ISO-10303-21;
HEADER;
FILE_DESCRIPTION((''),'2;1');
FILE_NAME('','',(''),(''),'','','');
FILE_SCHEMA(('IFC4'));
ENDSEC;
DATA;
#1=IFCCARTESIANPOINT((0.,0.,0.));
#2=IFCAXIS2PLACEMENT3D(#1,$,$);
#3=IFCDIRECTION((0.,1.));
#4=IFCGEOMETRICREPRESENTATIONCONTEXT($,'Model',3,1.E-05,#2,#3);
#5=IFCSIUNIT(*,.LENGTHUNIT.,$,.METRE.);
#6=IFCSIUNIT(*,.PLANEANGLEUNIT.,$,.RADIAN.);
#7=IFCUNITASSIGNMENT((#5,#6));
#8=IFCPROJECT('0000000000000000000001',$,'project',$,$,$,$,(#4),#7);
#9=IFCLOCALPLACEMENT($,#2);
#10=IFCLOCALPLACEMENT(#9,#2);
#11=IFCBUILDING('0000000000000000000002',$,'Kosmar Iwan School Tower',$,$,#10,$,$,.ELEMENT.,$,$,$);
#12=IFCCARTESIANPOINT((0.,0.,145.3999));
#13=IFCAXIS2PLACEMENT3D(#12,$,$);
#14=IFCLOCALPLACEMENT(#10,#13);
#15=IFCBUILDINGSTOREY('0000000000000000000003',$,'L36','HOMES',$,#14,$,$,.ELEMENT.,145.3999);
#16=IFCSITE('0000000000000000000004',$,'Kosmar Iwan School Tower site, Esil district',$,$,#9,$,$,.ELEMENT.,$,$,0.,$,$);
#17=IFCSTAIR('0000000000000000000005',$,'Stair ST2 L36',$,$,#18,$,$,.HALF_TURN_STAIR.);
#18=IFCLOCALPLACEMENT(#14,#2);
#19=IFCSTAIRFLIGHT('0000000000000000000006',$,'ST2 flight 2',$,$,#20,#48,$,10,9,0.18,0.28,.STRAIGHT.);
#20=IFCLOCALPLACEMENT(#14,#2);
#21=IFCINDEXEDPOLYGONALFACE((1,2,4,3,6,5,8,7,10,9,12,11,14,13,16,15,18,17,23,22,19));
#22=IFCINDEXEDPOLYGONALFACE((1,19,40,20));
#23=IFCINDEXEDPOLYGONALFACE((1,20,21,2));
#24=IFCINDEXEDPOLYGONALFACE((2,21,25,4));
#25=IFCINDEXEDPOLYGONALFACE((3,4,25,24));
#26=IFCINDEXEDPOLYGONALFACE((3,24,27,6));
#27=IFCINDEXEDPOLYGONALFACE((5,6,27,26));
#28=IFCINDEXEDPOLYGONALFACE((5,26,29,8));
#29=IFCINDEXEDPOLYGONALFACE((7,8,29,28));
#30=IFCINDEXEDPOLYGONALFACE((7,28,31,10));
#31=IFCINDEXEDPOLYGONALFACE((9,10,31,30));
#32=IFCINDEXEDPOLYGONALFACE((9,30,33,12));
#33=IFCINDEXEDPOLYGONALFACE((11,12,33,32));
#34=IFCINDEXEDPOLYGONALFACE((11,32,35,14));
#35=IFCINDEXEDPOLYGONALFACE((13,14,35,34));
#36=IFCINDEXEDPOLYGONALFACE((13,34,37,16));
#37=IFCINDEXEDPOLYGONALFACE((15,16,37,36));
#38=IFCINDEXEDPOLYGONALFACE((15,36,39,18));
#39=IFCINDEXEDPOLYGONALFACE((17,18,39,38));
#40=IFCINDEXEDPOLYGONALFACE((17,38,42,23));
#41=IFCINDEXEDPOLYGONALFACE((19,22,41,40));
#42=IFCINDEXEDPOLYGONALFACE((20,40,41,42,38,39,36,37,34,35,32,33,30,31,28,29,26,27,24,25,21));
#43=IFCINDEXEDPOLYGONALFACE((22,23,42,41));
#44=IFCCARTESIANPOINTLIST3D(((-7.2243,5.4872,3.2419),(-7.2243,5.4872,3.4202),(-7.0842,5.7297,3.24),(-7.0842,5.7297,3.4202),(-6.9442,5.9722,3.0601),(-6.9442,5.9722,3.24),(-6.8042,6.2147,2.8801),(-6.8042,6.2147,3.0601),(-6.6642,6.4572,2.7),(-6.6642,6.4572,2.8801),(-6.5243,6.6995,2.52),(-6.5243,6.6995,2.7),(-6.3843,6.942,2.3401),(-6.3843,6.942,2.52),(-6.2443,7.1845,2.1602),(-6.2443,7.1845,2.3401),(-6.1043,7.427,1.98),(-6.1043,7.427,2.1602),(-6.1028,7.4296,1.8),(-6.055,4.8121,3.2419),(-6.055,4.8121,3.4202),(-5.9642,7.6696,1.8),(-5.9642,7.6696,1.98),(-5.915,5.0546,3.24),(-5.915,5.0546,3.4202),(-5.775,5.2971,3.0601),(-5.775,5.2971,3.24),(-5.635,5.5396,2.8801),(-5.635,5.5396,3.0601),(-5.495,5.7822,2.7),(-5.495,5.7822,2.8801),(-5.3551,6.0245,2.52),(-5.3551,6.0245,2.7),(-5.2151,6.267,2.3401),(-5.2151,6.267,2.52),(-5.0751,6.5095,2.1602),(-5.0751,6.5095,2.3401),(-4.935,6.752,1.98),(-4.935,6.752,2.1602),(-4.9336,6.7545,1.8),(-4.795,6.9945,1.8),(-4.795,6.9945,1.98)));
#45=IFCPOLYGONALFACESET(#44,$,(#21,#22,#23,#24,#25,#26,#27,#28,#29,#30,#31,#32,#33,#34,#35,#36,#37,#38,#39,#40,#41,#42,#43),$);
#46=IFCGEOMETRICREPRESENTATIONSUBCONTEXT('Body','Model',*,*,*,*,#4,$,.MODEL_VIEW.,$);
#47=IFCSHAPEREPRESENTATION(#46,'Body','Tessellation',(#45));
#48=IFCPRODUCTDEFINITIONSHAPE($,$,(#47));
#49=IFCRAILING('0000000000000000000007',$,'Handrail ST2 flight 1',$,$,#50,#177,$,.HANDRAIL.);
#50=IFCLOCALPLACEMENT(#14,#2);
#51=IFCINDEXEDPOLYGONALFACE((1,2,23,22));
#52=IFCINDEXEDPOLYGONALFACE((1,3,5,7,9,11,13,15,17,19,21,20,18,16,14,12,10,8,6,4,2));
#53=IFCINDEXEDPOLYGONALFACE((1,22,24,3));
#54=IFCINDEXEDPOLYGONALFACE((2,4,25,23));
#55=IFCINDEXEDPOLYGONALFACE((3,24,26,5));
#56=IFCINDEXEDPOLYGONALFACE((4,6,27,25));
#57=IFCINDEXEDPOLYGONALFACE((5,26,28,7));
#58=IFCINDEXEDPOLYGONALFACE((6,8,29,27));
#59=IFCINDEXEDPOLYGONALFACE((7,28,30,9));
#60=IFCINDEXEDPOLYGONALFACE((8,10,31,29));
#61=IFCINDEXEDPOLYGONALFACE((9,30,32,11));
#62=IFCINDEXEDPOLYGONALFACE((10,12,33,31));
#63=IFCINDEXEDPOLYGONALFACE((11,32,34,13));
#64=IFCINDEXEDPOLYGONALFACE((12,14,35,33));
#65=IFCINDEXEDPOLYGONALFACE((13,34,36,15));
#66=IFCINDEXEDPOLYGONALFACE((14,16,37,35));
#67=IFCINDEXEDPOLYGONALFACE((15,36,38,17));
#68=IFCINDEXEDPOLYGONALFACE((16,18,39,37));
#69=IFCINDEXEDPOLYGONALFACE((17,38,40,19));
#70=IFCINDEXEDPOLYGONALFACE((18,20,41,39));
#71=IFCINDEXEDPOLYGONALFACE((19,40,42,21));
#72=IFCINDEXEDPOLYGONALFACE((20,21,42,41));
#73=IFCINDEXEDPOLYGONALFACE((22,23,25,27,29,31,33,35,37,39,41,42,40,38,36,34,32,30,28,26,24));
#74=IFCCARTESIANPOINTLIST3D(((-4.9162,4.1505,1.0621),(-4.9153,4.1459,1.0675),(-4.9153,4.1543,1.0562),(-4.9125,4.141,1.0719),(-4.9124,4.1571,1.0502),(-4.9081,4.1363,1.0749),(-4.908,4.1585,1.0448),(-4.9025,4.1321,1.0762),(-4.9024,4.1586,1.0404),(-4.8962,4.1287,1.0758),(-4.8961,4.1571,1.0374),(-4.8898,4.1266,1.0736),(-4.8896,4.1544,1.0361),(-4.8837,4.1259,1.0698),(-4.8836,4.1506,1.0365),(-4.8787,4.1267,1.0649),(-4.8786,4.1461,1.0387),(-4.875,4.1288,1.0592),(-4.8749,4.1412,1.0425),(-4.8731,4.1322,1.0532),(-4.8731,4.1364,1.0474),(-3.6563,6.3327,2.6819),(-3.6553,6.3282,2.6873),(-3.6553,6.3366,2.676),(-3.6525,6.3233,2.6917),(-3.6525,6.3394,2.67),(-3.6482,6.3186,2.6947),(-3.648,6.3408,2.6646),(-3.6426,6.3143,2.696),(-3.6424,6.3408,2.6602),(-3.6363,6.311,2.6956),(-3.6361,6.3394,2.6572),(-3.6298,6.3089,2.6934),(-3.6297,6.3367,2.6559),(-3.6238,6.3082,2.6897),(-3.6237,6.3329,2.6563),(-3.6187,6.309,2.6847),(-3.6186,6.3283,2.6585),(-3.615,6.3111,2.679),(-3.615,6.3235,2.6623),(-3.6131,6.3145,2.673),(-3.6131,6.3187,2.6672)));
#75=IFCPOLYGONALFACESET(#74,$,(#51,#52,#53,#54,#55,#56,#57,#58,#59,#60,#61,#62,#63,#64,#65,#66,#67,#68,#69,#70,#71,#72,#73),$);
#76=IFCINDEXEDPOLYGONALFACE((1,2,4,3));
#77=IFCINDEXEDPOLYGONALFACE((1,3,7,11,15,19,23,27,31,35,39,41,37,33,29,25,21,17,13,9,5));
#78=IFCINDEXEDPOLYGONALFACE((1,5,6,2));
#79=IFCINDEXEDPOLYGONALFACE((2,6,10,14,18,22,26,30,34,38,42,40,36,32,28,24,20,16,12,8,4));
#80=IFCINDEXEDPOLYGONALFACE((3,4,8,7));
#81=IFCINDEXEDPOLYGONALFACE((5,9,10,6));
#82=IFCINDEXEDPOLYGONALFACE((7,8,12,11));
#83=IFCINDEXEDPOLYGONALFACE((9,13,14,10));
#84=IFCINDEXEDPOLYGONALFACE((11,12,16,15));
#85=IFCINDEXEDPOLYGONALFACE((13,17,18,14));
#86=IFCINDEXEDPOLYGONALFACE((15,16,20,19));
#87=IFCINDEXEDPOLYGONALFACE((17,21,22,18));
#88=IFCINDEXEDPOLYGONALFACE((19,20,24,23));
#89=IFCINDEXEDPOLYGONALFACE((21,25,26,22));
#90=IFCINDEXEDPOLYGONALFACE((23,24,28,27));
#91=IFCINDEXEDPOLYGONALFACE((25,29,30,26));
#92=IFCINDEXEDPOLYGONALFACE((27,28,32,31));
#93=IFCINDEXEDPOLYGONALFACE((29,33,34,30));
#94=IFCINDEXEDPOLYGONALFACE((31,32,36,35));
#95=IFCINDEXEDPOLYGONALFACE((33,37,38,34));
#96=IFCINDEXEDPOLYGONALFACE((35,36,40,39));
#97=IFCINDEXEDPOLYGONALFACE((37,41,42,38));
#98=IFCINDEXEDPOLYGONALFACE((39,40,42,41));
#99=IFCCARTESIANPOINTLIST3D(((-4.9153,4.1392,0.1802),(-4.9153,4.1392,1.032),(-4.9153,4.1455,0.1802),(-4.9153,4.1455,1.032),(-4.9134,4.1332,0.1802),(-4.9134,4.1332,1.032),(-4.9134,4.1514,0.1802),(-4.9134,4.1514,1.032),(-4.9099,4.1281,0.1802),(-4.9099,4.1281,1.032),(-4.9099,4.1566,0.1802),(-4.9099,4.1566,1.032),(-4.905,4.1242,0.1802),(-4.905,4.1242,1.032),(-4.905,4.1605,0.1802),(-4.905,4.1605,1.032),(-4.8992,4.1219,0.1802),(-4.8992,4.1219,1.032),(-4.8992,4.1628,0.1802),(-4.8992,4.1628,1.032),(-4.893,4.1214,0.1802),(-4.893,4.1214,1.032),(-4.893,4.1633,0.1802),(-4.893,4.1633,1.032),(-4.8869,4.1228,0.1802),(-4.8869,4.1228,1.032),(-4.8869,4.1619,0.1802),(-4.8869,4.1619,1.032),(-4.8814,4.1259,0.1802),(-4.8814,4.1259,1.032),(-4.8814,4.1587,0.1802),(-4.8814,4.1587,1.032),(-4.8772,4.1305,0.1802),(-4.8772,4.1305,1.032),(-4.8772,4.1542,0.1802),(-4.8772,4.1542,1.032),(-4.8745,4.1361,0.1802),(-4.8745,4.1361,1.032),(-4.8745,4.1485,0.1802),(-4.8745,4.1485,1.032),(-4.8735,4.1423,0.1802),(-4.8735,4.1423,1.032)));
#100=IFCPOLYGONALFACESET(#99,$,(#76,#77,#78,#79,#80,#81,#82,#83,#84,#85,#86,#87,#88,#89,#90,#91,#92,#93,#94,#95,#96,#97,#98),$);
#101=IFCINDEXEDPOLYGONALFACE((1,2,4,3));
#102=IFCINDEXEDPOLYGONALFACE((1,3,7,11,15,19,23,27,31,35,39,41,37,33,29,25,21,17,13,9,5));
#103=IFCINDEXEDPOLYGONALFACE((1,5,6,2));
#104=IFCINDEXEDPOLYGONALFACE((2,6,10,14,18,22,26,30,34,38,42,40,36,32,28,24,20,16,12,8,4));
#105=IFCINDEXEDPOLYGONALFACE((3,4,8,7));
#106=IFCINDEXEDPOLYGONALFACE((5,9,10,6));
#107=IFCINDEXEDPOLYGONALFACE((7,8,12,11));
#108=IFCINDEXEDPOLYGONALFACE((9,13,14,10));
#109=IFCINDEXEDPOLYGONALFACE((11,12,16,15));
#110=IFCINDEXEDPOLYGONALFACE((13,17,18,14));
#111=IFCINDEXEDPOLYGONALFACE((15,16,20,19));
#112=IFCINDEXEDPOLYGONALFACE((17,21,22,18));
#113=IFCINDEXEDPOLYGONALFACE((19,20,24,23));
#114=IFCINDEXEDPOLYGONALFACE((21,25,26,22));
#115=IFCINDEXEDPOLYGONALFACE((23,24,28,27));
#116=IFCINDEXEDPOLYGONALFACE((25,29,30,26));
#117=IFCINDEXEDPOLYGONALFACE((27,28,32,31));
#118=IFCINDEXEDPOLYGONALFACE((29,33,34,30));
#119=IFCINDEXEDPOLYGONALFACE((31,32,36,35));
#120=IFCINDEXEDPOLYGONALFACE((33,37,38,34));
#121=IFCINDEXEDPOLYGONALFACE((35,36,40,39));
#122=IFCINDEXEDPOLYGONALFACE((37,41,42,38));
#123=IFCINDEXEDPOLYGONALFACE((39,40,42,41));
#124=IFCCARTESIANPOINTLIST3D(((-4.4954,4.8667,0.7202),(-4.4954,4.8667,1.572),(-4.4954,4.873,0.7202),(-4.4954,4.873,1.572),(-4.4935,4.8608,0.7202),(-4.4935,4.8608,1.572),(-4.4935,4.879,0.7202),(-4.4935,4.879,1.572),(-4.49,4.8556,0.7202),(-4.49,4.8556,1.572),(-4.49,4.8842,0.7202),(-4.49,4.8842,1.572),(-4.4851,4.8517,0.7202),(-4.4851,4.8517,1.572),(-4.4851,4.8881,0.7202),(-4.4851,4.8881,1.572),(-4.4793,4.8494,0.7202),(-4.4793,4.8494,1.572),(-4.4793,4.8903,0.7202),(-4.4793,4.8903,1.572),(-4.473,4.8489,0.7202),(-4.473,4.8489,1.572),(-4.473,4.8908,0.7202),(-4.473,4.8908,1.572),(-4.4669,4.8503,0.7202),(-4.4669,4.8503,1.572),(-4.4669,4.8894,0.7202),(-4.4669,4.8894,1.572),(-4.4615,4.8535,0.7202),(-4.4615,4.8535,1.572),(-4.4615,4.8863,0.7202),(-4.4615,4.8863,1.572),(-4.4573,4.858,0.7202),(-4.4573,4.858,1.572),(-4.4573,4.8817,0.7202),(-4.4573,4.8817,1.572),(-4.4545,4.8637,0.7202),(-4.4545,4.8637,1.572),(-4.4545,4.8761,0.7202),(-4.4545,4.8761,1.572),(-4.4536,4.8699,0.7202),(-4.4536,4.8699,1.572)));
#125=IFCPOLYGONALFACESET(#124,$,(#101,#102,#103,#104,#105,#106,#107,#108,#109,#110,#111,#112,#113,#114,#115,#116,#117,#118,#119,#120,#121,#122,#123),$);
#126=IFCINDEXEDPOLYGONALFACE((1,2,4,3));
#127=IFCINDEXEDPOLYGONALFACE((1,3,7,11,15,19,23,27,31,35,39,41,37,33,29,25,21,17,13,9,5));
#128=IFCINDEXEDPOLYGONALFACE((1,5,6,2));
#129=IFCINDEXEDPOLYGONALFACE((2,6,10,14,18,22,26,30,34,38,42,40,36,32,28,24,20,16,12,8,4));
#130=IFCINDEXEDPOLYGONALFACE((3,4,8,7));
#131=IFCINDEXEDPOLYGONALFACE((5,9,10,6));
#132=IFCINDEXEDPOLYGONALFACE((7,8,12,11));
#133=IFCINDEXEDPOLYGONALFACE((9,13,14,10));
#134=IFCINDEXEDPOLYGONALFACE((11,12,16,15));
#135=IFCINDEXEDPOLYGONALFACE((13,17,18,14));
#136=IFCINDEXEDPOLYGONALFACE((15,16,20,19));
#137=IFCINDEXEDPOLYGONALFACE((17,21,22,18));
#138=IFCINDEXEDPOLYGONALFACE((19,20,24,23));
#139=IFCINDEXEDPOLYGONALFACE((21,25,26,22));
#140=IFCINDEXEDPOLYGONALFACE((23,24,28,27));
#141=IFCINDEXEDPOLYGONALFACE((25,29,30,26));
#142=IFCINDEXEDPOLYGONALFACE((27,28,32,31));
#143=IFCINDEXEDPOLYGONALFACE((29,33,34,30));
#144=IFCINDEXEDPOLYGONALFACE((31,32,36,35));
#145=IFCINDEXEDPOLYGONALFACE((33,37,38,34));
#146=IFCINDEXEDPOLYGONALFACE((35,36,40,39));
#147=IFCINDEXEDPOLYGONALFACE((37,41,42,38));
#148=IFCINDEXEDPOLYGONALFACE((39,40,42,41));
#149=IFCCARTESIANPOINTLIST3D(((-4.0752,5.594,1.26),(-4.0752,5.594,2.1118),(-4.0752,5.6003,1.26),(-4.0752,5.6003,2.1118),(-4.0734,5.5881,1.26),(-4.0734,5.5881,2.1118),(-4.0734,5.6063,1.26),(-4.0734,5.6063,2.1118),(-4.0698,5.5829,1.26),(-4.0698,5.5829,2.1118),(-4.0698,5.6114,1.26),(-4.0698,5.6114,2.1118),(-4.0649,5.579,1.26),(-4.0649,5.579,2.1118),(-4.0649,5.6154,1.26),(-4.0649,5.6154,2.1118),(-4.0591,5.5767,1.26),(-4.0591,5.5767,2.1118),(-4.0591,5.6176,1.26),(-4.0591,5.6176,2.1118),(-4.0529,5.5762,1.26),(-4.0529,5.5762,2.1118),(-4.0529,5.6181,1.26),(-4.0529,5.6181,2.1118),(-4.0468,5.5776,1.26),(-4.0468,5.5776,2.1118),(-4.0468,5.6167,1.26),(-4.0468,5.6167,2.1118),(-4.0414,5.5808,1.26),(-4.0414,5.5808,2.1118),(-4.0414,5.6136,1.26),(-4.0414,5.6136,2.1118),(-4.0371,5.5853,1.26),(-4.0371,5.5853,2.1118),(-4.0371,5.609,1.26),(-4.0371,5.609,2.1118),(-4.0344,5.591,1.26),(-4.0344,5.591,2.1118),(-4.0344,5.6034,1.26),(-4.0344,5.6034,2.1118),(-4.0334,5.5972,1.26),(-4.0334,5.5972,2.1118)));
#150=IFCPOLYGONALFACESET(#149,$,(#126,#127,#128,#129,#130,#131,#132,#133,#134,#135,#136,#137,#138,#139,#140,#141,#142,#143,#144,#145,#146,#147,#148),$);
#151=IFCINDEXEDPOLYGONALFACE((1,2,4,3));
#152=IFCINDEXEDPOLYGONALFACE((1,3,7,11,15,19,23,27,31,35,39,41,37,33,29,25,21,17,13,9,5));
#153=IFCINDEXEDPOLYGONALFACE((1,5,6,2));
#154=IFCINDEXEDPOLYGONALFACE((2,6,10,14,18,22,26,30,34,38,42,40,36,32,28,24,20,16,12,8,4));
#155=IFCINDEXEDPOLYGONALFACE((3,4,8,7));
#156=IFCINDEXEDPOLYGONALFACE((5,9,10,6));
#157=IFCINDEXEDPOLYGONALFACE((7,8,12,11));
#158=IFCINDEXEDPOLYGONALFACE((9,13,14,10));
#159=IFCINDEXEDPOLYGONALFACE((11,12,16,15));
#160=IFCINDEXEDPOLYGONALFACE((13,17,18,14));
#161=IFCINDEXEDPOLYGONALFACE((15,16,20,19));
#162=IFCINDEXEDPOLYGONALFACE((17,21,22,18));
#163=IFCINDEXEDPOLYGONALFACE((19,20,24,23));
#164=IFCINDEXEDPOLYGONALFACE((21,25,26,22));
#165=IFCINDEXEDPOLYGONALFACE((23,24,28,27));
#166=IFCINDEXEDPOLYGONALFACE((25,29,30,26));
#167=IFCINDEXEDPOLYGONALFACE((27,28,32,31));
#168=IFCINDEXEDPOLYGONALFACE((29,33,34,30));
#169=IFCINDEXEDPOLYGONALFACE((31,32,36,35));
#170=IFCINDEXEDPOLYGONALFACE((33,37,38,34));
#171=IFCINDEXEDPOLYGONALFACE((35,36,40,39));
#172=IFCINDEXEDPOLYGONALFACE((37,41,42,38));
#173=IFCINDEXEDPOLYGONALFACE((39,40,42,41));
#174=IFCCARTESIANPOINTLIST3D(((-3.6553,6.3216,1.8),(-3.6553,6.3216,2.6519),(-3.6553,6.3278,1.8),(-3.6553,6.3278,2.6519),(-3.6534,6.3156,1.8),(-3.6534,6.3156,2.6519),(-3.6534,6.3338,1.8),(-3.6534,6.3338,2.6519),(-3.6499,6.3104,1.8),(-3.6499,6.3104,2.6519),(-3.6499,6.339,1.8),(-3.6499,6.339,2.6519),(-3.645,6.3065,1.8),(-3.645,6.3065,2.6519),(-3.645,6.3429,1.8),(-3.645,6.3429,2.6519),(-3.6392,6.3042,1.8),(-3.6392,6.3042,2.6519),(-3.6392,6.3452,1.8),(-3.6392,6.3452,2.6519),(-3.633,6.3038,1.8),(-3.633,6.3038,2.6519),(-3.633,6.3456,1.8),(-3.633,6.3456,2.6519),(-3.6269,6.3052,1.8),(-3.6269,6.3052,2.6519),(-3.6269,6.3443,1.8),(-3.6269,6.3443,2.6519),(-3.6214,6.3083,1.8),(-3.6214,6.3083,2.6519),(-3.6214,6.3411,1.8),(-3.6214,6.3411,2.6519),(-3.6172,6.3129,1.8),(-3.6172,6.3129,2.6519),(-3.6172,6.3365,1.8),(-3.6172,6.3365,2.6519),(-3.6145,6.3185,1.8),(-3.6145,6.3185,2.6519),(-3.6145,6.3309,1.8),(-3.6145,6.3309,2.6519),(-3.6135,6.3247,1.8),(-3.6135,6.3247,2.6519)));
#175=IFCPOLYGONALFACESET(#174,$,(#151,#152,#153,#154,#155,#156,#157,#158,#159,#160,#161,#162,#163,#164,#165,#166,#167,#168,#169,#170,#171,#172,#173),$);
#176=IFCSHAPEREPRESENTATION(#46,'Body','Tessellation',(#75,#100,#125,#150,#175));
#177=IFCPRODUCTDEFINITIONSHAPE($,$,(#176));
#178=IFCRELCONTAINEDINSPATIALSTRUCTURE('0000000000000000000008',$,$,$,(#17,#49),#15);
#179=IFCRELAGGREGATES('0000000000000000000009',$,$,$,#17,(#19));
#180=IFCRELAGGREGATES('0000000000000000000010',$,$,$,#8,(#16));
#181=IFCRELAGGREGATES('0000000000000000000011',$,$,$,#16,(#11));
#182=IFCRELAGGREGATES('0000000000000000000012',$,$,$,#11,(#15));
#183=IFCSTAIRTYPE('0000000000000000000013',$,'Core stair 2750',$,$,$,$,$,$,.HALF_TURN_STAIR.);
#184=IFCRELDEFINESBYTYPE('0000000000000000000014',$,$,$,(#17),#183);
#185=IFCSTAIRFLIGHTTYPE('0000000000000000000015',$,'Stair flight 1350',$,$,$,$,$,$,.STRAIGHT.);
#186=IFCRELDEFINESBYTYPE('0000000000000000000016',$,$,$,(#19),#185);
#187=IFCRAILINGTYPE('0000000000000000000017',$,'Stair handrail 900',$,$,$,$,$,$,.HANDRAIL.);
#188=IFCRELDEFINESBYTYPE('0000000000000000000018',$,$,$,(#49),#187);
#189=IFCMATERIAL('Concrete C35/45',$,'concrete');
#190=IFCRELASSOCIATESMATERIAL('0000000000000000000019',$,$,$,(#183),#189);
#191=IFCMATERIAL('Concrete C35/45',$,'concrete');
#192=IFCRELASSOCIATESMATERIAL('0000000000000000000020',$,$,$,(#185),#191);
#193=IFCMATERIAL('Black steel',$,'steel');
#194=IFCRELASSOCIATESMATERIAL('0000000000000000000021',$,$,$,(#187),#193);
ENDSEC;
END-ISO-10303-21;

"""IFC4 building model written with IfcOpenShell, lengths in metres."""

from ifc_helpers import new_model, si_unit, direction, frame, origin, origin_2d, place, context, subcontext, project, spatial, polyline, circle, outline, extrude, material, type_object, element, aggregate, save


model = new_model("IFC4")

# Units and contexts
model_context = context("Model", 3, precision=1e-05, world=origin(), true_north=direction((0.0, 1.0)))
body_context = subcontext(model_context, "Body", "Model", "MODEL_VIEW")
ifc_project = project(units=[si_unit("LENGTHUNIT", "METRE"), si_unit("PLANEANGLEUNIT", "RADIAN")], contexts=[model_context])

# Site, building, storey
site_placement = place(None, origin())
site = spatial("IfcSite", under=ifc_project, at=site_placement, Name="Kosmar Iwan School Tower site, Esil district", CompositionType="ELEMENT", RefElevation=0.0)
building_placement = place(site_placement, origin())
building = spatial("IfcBuilding", under=site, at=building_placement, Name="Kosmar Iwan School Tower", CompositionType="ELEMENT")
storey_placement = place(building_placement, frame((0.0, 0.0, 145.3999)))
storey = spatial("IfcBuildingStorey", under=building, at=storey_placement, Name="L36", Description="HOMES", CompositionType="ELEMENT", Elevation=145.3999)

# Stair, stair flight
ifc_material_1 = material(Name="Concrete C35/45", Category="concrete")
stair_type = type_object("IfcStairType", Name="Core stair 2750", PredefinedType="HALF_TURN_STAIR", material=ifc_material_1)
stair_placement = place(storey_placement, origin())
stair = element("IfcStair", 1, at=stair_placement, inside=storey, type_object=stair_type, Name="Stair ST2 L36", PredefinedType="HALF_TURN_STAIR")
ifc_material_2 = material(Name="Concrete C35/45", Category="concrete")
stair_flight_type = type_object("IfcStairFlightType", Name="Stair flight 1350", PredefinedType="STRAIGHT", material=ifc_material_2)
stair_flight_1_placement = place(storey_placement, frame((-5.3796, 7.332, 1.8), z_axis=(0.0, 0.0, 1.0), x_axis=(-0.5, -0.866025, 0.0)))
stair_flight_1 = element("IfcStairFlight", 2, at=stair_flight_1_placement, type_object=stair_flight_type, Name="ST2 flight 2", NumberOfRisers=10, NumberOfTreads=9, PredefinedType="STRAIGHT", RiserHeight=0.18, TreadLength=0.28, context=body_context, shape_type="SweptSolid", body=[
    extrude(outline(polyline([(0.0, 0.0), (0.0, 0.1799), (0.28, 0.1799), (0.28, 0.3601), (0.5601, 0.3601), (0.5601, 0.54), (0.8401, 0.54), (0.8401, 0.72), (1.1201, 0.72), (1.1201, 0.8999), (1.3999, 0.8999), (1.3999, 1.0801), (1.6799, 1.0801), (1.6799, 1.26), (1.96, 1.26), (1.96, 1.4399), (2.24, 1.4399), (2.24, 1.6201), (2.52, 1.6201), (2.52, 1.8), (2.52, 1.4419), (0.2771, 0.0), (0.0, 0.0)])), frame((0.0, 0.675, 0.0), z_axis=(0.0, -1.0, 0.0), x_axis=(1.0, 0.0, 0.0)), (0.0, 0.0, 1.0), 1.3501),
])
aggregate(stair, [stair_flight_1])

# Railing
ifc_material_3 = material(Name="Black steel", Category="steel")
railing_type = type_object("IfcRailingType", Name="Stair handrail 900", PredefinedType="HANDRAIL", material=ifc_material_3)
railing_1_placement = place(storey_placement, frame((-4.8945, 4.1423, 0.1802)))
element("IfcRailing", 3, at=railing_1_placement, inside=storey, type_object=railing_type, Name="Handrail ST2 flight 1", PredefinedType="HANDRAIL", context=body_context, shape_type="SweptSolid", body=[
    extrude(circle(Radius=0.0239, at=origin_2d()), frame((0.0, 0.0, 0.876), z_axis=(0.420603, 0.728496, 0.540728), x_axis=(-0.866023, 0.500005, 0.0)), (0.0, 0.0, 1.0), 2.9956),
    extrude(circle(Radius=0.021, at=origin_2d()), origin(), (0.0, 0.0, 1.0), 0.8518),
    extrude(circle(Radius=0.021, at=origin_2d()), frame((0.4199, 0.7275, 0.54)), (0.0, 0.0, 1.0), 0.8518),
    extrude(circle(Radius=0.021, at=origin_2d()), frame((0.8401, 1.4548, 1.0798)), (0.0, 0.0, 1.0), 0.8518),
    extrude(circle(Radius=0.021, at=origin_2d()), frame((1.26, 2.1824, 1.6199)), (0.0, 0.0, 1.0), 0.8518),
])

save(model, "model.ifc")
